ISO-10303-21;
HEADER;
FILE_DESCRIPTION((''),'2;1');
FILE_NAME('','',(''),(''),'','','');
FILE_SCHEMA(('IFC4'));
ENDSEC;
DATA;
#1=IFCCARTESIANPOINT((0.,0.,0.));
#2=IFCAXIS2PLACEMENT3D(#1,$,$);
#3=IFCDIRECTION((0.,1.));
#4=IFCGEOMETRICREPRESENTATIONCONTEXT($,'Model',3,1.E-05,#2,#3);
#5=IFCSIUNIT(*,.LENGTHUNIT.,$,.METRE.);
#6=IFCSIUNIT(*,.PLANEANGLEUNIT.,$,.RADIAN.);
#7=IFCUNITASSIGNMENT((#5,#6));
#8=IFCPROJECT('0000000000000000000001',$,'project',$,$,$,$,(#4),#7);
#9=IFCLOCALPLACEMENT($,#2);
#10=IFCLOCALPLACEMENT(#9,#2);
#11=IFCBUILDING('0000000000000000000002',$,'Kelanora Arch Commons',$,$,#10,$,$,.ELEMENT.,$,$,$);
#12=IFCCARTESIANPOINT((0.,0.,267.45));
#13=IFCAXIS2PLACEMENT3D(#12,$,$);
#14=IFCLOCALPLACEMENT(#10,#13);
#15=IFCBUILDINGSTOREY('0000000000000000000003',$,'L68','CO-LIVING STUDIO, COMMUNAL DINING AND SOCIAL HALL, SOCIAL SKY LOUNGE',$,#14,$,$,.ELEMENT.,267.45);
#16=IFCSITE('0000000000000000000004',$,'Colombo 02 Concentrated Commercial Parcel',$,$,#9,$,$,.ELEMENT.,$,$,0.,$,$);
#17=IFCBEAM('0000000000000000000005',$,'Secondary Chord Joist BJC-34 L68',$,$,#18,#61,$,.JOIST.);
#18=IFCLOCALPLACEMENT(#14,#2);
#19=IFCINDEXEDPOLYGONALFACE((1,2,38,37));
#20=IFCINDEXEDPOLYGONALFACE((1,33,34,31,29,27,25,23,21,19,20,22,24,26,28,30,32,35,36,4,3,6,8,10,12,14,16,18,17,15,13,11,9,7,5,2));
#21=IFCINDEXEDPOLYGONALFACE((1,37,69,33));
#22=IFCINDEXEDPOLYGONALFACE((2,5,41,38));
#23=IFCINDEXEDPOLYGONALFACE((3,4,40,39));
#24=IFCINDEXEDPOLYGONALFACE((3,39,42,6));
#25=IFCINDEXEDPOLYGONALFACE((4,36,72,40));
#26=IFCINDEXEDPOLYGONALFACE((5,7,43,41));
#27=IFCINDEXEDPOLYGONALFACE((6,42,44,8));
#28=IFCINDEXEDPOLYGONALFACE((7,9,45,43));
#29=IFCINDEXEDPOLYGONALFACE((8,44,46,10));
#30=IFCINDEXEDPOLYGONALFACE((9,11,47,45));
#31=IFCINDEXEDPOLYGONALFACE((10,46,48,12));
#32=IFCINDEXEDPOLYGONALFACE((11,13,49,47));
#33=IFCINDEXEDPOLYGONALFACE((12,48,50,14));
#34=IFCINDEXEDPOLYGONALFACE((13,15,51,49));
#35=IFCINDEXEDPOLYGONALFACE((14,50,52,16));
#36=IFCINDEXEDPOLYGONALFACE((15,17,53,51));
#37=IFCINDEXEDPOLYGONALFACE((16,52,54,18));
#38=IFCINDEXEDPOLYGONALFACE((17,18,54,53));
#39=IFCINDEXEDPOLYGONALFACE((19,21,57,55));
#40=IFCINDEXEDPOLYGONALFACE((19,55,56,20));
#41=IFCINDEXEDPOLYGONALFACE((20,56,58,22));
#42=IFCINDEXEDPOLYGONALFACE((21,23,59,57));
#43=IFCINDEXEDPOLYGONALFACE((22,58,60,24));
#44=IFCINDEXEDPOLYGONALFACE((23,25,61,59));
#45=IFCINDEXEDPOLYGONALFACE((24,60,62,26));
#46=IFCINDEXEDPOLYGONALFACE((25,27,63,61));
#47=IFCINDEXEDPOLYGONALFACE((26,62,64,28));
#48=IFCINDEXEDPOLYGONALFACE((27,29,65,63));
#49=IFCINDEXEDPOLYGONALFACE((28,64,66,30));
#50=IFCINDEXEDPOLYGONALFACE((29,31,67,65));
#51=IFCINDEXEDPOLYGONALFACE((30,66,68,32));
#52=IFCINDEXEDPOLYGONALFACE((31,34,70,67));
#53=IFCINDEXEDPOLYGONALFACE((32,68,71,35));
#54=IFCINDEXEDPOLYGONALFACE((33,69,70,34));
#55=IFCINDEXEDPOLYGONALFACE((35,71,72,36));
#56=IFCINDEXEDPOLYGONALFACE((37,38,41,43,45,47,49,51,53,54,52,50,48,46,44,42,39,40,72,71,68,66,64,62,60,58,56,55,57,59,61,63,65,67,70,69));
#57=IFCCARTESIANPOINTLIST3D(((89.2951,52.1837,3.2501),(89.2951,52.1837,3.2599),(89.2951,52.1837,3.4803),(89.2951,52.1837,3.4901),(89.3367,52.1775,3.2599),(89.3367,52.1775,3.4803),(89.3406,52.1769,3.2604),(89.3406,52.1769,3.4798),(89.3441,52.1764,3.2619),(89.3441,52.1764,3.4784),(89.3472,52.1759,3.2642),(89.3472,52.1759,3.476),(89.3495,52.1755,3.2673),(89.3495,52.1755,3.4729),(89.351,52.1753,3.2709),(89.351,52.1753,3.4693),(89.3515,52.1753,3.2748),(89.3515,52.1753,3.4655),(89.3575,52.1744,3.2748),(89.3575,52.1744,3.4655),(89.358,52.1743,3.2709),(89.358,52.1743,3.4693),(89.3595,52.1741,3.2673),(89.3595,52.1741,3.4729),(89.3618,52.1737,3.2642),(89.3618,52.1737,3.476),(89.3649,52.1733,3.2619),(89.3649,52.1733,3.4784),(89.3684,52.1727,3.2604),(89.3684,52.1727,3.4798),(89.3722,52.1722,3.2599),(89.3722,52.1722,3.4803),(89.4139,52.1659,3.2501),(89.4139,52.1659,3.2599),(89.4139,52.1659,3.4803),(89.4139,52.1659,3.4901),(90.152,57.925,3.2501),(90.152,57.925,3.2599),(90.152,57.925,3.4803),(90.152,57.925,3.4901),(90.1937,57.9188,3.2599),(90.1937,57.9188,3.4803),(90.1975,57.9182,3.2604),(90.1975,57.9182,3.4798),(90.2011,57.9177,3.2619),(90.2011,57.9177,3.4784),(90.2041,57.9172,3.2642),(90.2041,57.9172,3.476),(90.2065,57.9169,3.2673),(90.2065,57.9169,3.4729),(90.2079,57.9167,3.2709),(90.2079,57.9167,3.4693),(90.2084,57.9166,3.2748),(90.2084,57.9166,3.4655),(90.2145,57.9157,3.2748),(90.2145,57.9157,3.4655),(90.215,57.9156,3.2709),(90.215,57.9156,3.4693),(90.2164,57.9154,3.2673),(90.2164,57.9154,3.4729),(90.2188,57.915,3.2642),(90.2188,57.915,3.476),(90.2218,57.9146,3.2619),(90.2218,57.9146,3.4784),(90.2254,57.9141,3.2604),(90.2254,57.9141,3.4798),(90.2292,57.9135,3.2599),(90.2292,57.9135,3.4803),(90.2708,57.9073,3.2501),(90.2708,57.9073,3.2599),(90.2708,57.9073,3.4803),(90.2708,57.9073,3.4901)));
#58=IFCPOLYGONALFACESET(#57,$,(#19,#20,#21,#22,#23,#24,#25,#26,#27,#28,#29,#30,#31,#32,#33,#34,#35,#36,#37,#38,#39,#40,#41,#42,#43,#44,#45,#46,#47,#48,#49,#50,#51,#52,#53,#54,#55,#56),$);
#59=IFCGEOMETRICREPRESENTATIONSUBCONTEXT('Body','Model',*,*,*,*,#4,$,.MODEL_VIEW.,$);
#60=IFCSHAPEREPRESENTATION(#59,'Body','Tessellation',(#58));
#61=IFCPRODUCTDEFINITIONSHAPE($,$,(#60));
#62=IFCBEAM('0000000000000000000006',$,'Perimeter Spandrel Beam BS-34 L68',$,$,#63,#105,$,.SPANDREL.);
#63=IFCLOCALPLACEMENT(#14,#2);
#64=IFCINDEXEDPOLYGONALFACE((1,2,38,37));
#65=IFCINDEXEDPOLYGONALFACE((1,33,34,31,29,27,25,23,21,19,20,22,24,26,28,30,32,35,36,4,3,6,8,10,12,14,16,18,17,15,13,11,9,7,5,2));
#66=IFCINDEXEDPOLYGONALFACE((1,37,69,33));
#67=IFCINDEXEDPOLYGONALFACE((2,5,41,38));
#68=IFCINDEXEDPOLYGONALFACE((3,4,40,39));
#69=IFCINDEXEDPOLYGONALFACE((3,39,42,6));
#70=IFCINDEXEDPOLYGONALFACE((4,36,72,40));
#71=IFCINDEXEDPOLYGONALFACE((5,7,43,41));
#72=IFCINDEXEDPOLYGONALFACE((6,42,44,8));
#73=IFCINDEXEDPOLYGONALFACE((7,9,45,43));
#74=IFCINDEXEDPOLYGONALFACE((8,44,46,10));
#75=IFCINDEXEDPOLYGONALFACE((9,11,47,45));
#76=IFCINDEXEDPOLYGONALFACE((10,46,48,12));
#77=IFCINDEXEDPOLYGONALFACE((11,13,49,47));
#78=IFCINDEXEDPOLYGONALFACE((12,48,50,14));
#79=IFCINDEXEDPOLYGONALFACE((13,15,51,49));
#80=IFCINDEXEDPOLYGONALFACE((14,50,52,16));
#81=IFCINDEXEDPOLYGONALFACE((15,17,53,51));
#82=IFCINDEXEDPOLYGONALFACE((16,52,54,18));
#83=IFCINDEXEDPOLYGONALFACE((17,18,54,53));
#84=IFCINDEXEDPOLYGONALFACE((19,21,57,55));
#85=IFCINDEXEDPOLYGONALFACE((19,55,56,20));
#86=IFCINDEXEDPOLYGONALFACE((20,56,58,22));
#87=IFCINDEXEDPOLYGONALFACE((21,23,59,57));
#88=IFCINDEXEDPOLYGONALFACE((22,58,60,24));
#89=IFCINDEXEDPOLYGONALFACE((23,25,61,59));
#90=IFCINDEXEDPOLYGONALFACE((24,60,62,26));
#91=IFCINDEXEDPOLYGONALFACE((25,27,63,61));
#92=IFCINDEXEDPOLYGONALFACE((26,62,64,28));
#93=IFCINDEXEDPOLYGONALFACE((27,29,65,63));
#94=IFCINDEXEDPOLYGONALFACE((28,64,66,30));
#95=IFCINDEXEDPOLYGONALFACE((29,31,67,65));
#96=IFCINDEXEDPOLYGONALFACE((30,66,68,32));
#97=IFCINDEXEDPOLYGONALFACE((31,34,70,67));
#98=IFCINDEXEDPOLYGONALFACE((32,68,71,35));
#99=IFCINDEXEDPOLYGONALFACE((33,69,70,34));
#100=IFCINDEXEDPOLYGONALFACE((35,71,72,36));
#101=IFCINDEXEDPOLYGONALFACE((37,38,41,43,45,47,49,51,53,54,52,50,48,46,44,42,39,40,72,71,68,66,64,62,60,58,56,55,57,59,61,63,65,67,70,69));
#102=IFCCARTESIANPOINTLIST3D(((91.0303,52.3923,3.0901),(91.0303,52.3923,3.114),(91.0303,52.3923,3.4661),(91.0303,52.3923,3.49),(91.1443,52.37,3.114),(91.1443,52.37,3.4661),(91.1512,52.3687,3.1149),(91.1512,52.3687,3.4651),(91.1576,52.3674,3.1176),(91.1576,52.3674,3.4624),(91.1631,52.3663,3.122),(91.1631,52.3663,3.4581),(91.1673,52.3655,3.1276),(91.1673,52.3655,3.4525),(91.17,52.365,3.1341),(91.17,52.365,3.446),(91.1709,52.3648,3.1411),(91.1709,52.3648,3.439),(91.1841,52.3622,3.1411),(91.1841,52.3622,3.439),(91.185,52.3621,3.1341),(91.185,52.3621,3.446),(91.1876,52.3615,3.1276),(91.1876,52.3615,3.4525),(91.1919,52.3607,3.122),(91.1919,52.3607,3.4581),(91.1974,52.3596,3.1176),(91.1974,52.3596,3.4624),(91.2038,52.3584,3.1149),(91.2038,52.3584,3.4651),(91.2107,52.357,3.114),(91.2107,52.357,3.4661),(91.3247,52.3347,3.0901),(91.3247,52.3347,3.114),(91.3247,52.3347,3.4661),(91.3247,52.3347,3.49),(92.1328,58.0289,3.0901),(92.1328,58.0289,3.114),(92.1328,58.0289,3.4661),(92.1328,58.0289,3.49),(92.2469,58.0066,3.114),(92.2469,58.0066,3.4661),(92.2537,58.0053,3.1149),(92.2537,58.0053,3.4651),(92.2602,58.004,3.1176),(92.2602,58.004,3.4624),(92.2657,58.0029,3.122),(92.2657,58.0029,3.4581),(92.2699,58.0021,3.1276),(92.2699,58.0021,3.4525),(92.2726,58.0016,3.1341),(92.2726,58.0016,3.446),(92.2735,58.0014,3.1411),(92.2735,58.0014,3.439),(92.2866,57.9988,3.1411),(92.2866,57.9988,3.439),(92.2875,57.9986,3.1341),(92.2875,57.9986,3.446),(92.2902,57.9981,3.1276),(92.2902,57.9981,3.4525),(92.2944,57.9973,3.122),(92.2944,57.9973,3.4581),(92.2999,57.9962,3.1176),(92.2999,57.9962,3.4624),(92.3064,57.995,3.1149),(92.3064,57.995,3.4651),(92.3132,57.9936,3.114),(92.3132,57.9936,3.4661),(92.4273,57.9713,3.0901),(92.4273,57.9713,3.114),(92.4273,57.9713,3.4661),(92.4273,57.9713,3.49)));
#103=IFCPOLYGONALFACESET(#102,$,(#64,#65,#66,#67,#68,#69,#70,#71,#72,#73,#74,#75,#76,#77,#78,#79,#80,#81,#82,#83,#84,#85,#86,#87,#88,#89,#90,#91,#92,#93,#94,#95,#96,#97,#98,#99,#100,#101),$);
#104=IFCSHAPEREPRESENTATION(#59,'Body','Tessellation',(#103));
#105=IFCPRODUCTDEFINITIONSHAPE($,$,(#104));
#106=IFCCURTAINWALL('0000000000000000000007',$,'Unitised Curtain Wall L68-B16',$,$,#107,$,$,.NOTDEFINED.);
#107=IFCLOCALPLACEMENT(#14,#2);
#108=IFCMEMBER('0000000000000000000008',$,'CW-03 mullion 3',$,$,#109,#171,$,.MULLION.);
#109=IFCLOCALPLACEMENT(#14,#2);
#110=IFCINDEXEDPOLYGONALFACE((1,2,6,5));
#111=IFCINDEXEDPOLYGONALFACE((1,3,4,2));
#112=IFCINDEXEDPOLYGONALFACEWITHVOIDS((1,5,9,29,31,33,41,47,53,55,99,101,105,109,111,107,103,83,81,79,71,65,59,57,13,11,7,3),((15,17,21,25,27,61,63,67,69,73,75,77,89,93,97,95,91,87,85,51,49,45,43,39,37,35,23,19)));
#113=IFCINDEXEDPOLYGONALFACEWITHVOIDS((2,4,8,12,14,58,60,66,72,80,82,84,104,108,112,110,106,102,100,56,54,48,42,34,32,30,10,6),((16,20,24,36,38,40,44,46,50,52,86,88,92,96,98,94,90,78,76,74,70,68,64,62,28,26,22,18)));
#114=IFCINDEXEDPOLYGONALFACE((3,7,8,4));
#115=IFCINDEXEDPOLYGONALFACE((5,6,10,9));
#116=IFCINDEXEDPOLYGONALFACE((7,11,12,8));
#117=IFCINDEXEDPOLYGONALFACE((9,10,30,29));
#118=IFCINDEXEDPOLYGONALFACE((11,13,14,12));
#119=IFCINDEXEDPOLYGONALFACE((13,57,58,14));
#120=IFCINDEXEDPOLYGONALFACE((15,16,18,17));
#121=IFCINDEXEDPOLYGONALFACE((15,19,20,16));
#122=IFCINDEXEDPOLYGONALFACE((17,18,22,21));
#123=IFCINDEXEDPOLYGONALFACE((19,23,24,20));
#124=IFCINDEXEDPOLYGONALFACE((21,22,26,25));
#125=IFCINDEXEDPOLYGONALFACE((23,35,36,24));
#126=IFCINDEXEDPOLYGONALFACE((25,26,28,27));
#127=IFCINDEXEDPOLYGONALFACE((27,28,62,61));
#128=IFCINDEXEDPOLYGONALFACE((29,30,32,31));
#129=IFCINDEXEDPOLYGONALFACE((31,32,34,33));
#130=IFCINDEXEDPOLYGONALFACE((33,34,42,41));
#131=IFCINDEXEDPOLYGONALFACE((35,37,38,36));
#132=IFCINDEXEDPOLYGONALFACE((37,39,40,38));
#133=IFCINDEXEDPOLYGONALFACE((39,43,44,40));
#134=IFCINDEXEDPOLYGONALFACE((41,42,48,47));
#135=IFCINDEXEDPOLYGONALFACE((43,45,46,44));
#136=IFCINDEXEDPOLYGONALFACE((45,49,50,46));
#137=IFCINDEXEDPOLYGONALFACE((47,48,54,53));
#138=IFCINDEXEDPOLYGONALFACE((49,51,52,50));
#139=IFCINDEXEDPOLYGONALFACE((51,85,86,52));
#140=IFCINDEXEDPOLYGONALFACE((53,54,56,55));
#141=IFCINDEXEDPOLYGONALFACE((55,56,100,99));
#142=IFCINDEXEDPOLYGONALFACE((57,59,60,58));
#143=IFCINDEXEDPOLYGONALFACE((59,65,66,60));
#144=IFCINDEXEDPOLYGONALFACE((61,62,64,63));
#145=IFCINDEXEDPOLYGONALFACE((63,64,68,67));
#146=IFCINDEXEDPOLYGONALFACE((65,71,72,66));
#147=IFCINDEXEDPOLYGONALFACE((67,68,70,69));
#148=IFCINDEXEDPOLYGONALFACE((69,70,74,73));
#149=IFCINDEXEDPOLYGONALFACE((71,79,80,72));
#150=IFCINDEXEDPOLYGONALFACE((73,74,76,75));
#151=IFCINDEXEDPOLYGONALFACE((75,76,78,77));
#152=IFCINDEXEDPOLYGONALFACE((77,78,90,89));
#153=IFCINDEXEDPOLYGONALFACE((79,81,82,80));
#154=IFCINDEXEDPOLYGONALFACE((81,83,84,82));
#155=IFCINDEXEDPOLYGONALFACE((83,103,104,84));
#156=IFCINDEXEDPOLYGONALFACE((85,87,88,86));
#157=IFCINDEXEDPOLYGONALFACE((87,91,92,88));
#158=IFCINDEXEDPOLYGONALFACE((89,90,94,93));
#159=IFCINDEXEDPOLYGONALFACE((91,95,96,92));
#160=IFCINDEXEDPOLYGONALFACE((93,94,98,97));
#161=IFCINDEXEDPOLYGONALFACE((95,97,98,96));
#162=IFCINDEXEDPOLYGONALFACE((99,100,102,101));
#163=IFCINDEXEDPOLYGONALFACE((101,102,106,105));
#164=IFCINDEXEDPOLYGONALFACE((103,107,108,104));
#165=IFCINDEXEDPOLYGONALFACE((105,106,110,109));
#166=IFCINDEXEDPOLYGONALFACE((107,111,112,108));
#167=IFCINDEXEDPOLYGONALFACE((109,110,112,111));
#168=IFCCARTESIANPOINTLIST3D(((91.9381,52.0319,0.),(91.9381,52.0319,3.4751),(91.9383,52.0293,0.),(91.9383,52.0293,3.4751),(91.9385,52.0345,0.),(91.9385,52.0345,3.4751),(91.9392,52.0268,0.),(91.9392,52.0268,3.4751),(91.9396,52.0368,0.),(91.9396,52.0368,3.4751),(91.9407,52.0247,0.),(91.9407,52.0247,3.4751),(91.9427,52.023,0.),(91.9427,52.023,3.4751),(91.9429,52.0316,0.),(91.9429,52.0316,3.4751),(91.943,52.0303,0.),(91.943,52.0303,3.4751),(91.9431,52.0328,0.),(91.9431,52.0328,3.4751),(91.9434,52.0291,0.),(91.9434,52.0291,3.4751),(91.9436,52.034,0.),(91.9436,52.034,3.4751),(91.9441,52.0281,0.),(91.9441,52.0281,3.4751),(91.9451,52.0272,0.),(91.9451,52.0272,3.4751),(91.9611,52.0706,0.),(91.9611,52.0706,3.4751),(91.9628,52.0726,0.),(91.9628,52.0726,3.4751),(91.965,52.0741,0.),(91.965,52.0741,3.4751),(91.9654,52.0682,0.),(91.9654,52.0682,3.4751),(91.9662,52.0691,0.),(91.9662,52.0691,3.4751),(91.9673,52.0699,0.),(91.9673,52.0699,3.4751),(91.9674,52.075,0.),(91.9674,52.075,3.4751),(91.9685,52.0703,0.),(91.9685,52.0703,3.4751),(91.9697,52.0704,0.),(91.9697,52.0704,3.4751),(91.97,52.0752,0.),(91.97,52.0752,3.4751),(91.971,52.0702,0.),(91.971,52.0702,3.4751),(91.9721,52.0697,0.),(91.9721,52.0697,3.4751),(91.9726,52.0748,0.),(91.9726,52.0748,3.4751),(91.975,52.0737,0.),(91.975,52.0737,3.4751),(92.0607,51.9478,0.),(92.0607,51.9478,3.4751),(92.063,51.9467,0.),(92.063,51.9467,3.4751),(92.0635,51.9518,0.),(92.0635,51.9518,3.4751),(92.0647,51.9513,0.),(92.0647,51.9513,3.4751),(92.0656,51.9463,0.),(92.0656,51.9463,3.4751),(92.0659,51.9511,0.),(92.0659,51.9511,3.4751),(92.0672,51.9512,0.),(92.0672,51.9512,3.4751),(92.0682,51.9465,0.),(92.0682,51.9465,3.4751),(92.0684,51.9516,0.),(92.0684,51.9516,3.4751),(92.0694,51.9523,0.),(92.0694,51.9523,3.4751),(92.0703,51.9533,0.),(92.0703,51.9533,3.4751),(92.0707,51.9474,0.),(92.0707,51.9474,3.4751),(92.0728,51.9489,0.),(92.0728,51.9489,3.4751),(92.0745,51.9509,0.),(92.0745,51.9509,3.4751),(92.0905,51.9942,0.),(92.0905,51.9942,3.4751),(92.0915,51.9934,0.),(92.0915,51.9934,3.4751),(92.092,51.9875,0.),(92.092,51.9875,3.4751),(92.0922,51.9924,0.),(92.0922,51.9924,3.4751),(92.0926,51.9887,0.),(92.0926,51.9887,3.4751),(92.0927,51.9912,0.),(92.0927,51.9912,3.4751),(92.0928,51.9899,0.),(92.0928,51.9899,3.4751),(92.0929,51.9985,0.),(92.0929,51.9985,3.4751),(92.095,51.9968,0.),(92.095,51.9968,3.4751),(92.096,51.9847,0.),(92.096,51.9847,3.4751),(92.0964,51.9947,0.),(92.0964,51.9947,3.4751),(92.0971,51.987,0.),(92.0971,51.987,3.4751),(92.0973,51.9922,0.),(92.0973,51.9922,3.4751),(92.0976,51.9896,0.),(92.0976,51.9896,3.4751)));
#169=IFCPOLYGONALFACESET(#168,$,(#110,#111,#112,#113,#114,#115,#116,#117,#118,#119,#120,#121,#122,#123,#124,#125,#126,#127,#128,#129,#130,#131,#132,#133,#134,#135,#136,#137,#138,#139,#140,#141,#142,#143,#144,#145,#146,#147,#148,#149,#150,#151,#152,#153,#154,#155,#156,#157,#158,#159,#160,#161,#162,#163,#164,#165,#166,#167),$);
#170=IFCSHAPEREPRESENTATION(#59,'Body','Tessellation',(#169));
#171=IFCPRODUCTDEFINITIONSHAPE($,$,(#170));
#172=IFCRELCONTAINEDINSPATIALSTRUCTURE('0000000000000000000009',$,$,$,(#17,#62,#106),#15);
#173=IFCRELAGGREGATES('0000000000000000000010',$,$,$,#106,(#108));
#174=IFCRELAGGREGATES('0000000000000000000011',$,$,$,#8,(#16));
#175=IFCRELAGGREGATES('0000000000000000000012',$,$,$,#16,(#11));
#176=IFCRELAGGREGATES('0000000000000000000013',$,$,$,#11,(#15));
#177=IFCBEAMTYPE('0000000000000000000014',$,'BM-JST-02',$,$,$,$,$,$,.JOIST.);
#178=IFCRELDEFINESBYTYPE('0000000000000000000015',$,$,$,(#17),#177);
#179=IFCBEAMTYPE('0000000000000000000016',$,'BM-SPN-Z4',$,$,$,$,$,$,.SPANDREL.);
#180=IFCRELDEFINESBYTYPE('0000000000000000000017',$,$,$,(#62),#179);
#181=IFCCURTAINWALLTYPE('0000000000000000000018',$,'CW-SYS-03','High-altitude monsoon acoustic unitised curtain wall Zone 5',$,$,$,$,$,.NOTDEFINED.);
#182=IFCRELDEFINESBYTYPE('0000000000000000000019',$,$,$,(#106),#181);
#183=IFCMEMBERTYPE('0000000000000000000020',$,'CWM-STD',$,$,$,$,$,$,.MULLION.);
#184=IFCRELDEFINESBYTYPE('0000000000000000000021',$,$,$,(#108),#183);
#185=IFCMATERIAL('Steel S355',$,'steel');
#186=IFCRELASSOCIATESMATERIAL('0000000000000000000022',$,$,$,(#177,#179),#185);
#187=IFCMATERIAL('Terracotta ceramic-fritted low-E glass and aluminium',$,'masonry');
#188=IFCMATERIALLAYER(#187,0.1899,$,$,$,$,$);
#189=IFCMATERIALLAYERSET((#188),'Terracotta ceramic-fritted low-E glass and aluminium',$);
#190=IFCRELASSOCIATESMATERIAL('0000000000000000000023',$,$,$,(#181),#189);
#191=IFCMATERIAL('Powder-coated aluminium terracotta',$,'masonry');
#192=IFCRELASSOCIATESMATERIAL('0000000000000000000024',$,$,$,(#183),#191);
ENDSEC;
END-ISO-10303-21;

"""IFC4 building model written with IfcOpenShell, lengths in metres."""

from ifc_helpers import new_model, si_unit, direction, frame, origin, origin_2d, place, context, subcontext, project, spatial, hollow_rectangle, i_section, extrude, material, layer, layer_set, material_profile, profile_set, type_object, element, aggregate, save


model = new_model("IFC4")

# Units and contexts
model_context = context("Model", 3, precision=1e-05, world=origin(), true_north=direction((0.0, 1.0)))
body_context = subcontext(model_context, "Body", "Model", "MODEL_VIEW")
ifc_project = project(units=[si_unit("LENGTHUNIT", "METRE"), si_unit("PLANEANGLEUNIT", "RADIAN")], contexts=[model_context])

# Site, building, storey
site_placement = place(None, origin())
site = spatial("IfcSite", under=ifc_project, at=site_placement, Name="Colombo 02 Concentrated Commercial Parcel", CompositionType="ELEMENT", RefElevation=0.0)
building_placement = place(site_placement, origin())
building = spatial("IfcBuilding", under=site, at=building_placement, Name="Kelanora Arch Commons", CompositionType="ELEMENT")
storey_placement = place(building_placement, frame((0.0, 0.0, 267.45)))
storey = spatial("IfcBuildingStorey", under=building, at=storey_placement, Name="L68", Description="CO-LIVING STUDIO, COMMUNAL DINING AND SOCIAL HALL, SOCIAL SKY LOUNGE", CompositionType="ELEMENT", Elevation=267.45)

# Beams
ifc_material_1 = material(Name="Steel S355", Category="steel")
ifc_material_profile_1 = material_profile(ifc_material_1, i_section(OverallWidth=0.1201, OverallDepth=0.24, WebThickness=0.0061, FlangeThickness=0.0098, FilletRadius=0.0149, at=origin_2d()), Name="IPE240")
ifc_profile_set_1 = profile_set([ifc_material_profile_1], Name="Steel S355")
beam_type_1 = type_object("IfcBeamType", Name="BM-JST-02", PredefinedType="JOIST", material=ifc_profile_set_1)
beam_1_placement = place(storey_placement, frame((89.3545, 52.1748, 3.3701), z_axis=(0.147625, 0.989043, 0.0), x_axis=(-0.989043, 0.147625, 0.0)))
element("IfcBeam", 1, at=beam_1_placement, inside=storey, type_object=beam_type_1, Name="Secondary Chord Joist BJC-34 L68", PredefinedType="JOIST", context=body_context, shape_type="SweptSolid", body=[
    extrude(i_section(OverallWidth=0.1201, OverallDepth=0.24, WebThickness=0.0061, FlangeThickness=0.0098, FilletRadius=0.0149, at=origin_2d()), origin(), (0.0, 0.0, 1.0), 5.8049),
])
ifc_material_profile_2 = material_profile(ifc_material_1, i_section(OverallWidth=0.3, OverallDepth=0.3999, WebThickness=0.0134, FlangeThickness=0.0239, FilletRadius=0.0271, at=origin_2d()), Name="HEB400")
ifc_profile_set_2 = profile_set([ifc_material_profile_2], Name="Steel S355")
beam_type_2 = type_object("IfcBeamType", Name="BM-SPN-Z4", PredefinedType="SPANDREL", material=ifc_profile_set_2)
beam_2_placement = place(storey_placement, frame((91.1775, 52.3635, 3.29), z_axis=(0.19197, 0.981401, 0.0), x_axis=(-0.981401, 0.19197, 0.0)))
element("IfcBeam", 2, at=beam_2_placement, inside=storey, type_object=beam_type_2, Name="Perimeter Spandrel Beam BS-34 L68", PredefinedType="SPANDREL", context=body_context, shape_type="SweptSolid", body=[
    extrude(i_section(OverallWidth=0.3, OverallDepth=0.3999, WebThickness=0.0134, FlangeThickness=0.0239, FilletRadius=0.0271, at=origin_2d()), origin(), (0.0, 0.0, 1.0), 5.7434),
])

# Curtain wall, member
ifc_material_2 = material(Name="Terracotta ceramic-fritted low-E glass and aluminium", Category="masonry")
ifc_layer_1 = layer(ifc_material_2, 0.1899)
ifc_layer_set_1 = layer_set([ifc_layer_1], Name="Terracotta ceramic-fritted low-E glass and aluminium")
curtain_wall_type = type_object("IfcCurtainWallType", Name="CW-SYS-03", Description="High-altitude monsoon acoustic unitised curtain wall Zone 5", PredefinedType="NOTDEFINED", material=ifc_layer_set_1)
curtain_wall_placement = place(storey_placement, origin())
curtain_wall = element("IfcCurtainWall", 3, at=curtain_wall_placement, inside=storey, type_object=curtain_wall_type, Name="Unitised Curtain Wall L68-B16", PredefinedType="NOTDEFINED")
ifc_material_3 = material(Name="Powder-coated aluminium terracotta", Category="masonry")
ifc_material_profile_3 = material_profile(ifc_material_3, hollow_rectangle(XDim=0.1599, YDim=0.0601, WallThickness=0.0049, InnerFilletRadius=0.0049, OuterFilletRadius=0.01, at=origin_2d()), Name="CWM160x60")
ifc_profile_set_3 = profile_set([ifc_material_profile_3], Name="Powder-coated aluminium terracotta")
member_type_1 = type_object("IfcMemberType", Name="CWM-STD", PredefinedType="MULLION", material=ifc_profile_set_3)
member_1_placement = place(storey_placement, frame((92.0178, 52.0107, 0.0), z_axis=(0.0, 0.0, 1.0), x_axis=(-0.843391, 0.5373, 0.0)))
member_1 = element("IfcMember", 4, at=member_1_placement, type_object=member_type_1, Name="CW-03 mullion 3", PredefinedType="MULLION", context=body_context, shape_type="SweptSolid", body=[
    extrude(hollow_rectangle(XDim=0.1599, YDim=0.0601, WallThickness=0.0049, InnerFilletRadius=0.0049, OuterFilletRadius=0.01, at=origin_2d()), origin(), (0.0, 0.0, 1.0), 3.4751),
])
aggregate(curtain_wall, [member_1])

save(model, "model.ifc")
